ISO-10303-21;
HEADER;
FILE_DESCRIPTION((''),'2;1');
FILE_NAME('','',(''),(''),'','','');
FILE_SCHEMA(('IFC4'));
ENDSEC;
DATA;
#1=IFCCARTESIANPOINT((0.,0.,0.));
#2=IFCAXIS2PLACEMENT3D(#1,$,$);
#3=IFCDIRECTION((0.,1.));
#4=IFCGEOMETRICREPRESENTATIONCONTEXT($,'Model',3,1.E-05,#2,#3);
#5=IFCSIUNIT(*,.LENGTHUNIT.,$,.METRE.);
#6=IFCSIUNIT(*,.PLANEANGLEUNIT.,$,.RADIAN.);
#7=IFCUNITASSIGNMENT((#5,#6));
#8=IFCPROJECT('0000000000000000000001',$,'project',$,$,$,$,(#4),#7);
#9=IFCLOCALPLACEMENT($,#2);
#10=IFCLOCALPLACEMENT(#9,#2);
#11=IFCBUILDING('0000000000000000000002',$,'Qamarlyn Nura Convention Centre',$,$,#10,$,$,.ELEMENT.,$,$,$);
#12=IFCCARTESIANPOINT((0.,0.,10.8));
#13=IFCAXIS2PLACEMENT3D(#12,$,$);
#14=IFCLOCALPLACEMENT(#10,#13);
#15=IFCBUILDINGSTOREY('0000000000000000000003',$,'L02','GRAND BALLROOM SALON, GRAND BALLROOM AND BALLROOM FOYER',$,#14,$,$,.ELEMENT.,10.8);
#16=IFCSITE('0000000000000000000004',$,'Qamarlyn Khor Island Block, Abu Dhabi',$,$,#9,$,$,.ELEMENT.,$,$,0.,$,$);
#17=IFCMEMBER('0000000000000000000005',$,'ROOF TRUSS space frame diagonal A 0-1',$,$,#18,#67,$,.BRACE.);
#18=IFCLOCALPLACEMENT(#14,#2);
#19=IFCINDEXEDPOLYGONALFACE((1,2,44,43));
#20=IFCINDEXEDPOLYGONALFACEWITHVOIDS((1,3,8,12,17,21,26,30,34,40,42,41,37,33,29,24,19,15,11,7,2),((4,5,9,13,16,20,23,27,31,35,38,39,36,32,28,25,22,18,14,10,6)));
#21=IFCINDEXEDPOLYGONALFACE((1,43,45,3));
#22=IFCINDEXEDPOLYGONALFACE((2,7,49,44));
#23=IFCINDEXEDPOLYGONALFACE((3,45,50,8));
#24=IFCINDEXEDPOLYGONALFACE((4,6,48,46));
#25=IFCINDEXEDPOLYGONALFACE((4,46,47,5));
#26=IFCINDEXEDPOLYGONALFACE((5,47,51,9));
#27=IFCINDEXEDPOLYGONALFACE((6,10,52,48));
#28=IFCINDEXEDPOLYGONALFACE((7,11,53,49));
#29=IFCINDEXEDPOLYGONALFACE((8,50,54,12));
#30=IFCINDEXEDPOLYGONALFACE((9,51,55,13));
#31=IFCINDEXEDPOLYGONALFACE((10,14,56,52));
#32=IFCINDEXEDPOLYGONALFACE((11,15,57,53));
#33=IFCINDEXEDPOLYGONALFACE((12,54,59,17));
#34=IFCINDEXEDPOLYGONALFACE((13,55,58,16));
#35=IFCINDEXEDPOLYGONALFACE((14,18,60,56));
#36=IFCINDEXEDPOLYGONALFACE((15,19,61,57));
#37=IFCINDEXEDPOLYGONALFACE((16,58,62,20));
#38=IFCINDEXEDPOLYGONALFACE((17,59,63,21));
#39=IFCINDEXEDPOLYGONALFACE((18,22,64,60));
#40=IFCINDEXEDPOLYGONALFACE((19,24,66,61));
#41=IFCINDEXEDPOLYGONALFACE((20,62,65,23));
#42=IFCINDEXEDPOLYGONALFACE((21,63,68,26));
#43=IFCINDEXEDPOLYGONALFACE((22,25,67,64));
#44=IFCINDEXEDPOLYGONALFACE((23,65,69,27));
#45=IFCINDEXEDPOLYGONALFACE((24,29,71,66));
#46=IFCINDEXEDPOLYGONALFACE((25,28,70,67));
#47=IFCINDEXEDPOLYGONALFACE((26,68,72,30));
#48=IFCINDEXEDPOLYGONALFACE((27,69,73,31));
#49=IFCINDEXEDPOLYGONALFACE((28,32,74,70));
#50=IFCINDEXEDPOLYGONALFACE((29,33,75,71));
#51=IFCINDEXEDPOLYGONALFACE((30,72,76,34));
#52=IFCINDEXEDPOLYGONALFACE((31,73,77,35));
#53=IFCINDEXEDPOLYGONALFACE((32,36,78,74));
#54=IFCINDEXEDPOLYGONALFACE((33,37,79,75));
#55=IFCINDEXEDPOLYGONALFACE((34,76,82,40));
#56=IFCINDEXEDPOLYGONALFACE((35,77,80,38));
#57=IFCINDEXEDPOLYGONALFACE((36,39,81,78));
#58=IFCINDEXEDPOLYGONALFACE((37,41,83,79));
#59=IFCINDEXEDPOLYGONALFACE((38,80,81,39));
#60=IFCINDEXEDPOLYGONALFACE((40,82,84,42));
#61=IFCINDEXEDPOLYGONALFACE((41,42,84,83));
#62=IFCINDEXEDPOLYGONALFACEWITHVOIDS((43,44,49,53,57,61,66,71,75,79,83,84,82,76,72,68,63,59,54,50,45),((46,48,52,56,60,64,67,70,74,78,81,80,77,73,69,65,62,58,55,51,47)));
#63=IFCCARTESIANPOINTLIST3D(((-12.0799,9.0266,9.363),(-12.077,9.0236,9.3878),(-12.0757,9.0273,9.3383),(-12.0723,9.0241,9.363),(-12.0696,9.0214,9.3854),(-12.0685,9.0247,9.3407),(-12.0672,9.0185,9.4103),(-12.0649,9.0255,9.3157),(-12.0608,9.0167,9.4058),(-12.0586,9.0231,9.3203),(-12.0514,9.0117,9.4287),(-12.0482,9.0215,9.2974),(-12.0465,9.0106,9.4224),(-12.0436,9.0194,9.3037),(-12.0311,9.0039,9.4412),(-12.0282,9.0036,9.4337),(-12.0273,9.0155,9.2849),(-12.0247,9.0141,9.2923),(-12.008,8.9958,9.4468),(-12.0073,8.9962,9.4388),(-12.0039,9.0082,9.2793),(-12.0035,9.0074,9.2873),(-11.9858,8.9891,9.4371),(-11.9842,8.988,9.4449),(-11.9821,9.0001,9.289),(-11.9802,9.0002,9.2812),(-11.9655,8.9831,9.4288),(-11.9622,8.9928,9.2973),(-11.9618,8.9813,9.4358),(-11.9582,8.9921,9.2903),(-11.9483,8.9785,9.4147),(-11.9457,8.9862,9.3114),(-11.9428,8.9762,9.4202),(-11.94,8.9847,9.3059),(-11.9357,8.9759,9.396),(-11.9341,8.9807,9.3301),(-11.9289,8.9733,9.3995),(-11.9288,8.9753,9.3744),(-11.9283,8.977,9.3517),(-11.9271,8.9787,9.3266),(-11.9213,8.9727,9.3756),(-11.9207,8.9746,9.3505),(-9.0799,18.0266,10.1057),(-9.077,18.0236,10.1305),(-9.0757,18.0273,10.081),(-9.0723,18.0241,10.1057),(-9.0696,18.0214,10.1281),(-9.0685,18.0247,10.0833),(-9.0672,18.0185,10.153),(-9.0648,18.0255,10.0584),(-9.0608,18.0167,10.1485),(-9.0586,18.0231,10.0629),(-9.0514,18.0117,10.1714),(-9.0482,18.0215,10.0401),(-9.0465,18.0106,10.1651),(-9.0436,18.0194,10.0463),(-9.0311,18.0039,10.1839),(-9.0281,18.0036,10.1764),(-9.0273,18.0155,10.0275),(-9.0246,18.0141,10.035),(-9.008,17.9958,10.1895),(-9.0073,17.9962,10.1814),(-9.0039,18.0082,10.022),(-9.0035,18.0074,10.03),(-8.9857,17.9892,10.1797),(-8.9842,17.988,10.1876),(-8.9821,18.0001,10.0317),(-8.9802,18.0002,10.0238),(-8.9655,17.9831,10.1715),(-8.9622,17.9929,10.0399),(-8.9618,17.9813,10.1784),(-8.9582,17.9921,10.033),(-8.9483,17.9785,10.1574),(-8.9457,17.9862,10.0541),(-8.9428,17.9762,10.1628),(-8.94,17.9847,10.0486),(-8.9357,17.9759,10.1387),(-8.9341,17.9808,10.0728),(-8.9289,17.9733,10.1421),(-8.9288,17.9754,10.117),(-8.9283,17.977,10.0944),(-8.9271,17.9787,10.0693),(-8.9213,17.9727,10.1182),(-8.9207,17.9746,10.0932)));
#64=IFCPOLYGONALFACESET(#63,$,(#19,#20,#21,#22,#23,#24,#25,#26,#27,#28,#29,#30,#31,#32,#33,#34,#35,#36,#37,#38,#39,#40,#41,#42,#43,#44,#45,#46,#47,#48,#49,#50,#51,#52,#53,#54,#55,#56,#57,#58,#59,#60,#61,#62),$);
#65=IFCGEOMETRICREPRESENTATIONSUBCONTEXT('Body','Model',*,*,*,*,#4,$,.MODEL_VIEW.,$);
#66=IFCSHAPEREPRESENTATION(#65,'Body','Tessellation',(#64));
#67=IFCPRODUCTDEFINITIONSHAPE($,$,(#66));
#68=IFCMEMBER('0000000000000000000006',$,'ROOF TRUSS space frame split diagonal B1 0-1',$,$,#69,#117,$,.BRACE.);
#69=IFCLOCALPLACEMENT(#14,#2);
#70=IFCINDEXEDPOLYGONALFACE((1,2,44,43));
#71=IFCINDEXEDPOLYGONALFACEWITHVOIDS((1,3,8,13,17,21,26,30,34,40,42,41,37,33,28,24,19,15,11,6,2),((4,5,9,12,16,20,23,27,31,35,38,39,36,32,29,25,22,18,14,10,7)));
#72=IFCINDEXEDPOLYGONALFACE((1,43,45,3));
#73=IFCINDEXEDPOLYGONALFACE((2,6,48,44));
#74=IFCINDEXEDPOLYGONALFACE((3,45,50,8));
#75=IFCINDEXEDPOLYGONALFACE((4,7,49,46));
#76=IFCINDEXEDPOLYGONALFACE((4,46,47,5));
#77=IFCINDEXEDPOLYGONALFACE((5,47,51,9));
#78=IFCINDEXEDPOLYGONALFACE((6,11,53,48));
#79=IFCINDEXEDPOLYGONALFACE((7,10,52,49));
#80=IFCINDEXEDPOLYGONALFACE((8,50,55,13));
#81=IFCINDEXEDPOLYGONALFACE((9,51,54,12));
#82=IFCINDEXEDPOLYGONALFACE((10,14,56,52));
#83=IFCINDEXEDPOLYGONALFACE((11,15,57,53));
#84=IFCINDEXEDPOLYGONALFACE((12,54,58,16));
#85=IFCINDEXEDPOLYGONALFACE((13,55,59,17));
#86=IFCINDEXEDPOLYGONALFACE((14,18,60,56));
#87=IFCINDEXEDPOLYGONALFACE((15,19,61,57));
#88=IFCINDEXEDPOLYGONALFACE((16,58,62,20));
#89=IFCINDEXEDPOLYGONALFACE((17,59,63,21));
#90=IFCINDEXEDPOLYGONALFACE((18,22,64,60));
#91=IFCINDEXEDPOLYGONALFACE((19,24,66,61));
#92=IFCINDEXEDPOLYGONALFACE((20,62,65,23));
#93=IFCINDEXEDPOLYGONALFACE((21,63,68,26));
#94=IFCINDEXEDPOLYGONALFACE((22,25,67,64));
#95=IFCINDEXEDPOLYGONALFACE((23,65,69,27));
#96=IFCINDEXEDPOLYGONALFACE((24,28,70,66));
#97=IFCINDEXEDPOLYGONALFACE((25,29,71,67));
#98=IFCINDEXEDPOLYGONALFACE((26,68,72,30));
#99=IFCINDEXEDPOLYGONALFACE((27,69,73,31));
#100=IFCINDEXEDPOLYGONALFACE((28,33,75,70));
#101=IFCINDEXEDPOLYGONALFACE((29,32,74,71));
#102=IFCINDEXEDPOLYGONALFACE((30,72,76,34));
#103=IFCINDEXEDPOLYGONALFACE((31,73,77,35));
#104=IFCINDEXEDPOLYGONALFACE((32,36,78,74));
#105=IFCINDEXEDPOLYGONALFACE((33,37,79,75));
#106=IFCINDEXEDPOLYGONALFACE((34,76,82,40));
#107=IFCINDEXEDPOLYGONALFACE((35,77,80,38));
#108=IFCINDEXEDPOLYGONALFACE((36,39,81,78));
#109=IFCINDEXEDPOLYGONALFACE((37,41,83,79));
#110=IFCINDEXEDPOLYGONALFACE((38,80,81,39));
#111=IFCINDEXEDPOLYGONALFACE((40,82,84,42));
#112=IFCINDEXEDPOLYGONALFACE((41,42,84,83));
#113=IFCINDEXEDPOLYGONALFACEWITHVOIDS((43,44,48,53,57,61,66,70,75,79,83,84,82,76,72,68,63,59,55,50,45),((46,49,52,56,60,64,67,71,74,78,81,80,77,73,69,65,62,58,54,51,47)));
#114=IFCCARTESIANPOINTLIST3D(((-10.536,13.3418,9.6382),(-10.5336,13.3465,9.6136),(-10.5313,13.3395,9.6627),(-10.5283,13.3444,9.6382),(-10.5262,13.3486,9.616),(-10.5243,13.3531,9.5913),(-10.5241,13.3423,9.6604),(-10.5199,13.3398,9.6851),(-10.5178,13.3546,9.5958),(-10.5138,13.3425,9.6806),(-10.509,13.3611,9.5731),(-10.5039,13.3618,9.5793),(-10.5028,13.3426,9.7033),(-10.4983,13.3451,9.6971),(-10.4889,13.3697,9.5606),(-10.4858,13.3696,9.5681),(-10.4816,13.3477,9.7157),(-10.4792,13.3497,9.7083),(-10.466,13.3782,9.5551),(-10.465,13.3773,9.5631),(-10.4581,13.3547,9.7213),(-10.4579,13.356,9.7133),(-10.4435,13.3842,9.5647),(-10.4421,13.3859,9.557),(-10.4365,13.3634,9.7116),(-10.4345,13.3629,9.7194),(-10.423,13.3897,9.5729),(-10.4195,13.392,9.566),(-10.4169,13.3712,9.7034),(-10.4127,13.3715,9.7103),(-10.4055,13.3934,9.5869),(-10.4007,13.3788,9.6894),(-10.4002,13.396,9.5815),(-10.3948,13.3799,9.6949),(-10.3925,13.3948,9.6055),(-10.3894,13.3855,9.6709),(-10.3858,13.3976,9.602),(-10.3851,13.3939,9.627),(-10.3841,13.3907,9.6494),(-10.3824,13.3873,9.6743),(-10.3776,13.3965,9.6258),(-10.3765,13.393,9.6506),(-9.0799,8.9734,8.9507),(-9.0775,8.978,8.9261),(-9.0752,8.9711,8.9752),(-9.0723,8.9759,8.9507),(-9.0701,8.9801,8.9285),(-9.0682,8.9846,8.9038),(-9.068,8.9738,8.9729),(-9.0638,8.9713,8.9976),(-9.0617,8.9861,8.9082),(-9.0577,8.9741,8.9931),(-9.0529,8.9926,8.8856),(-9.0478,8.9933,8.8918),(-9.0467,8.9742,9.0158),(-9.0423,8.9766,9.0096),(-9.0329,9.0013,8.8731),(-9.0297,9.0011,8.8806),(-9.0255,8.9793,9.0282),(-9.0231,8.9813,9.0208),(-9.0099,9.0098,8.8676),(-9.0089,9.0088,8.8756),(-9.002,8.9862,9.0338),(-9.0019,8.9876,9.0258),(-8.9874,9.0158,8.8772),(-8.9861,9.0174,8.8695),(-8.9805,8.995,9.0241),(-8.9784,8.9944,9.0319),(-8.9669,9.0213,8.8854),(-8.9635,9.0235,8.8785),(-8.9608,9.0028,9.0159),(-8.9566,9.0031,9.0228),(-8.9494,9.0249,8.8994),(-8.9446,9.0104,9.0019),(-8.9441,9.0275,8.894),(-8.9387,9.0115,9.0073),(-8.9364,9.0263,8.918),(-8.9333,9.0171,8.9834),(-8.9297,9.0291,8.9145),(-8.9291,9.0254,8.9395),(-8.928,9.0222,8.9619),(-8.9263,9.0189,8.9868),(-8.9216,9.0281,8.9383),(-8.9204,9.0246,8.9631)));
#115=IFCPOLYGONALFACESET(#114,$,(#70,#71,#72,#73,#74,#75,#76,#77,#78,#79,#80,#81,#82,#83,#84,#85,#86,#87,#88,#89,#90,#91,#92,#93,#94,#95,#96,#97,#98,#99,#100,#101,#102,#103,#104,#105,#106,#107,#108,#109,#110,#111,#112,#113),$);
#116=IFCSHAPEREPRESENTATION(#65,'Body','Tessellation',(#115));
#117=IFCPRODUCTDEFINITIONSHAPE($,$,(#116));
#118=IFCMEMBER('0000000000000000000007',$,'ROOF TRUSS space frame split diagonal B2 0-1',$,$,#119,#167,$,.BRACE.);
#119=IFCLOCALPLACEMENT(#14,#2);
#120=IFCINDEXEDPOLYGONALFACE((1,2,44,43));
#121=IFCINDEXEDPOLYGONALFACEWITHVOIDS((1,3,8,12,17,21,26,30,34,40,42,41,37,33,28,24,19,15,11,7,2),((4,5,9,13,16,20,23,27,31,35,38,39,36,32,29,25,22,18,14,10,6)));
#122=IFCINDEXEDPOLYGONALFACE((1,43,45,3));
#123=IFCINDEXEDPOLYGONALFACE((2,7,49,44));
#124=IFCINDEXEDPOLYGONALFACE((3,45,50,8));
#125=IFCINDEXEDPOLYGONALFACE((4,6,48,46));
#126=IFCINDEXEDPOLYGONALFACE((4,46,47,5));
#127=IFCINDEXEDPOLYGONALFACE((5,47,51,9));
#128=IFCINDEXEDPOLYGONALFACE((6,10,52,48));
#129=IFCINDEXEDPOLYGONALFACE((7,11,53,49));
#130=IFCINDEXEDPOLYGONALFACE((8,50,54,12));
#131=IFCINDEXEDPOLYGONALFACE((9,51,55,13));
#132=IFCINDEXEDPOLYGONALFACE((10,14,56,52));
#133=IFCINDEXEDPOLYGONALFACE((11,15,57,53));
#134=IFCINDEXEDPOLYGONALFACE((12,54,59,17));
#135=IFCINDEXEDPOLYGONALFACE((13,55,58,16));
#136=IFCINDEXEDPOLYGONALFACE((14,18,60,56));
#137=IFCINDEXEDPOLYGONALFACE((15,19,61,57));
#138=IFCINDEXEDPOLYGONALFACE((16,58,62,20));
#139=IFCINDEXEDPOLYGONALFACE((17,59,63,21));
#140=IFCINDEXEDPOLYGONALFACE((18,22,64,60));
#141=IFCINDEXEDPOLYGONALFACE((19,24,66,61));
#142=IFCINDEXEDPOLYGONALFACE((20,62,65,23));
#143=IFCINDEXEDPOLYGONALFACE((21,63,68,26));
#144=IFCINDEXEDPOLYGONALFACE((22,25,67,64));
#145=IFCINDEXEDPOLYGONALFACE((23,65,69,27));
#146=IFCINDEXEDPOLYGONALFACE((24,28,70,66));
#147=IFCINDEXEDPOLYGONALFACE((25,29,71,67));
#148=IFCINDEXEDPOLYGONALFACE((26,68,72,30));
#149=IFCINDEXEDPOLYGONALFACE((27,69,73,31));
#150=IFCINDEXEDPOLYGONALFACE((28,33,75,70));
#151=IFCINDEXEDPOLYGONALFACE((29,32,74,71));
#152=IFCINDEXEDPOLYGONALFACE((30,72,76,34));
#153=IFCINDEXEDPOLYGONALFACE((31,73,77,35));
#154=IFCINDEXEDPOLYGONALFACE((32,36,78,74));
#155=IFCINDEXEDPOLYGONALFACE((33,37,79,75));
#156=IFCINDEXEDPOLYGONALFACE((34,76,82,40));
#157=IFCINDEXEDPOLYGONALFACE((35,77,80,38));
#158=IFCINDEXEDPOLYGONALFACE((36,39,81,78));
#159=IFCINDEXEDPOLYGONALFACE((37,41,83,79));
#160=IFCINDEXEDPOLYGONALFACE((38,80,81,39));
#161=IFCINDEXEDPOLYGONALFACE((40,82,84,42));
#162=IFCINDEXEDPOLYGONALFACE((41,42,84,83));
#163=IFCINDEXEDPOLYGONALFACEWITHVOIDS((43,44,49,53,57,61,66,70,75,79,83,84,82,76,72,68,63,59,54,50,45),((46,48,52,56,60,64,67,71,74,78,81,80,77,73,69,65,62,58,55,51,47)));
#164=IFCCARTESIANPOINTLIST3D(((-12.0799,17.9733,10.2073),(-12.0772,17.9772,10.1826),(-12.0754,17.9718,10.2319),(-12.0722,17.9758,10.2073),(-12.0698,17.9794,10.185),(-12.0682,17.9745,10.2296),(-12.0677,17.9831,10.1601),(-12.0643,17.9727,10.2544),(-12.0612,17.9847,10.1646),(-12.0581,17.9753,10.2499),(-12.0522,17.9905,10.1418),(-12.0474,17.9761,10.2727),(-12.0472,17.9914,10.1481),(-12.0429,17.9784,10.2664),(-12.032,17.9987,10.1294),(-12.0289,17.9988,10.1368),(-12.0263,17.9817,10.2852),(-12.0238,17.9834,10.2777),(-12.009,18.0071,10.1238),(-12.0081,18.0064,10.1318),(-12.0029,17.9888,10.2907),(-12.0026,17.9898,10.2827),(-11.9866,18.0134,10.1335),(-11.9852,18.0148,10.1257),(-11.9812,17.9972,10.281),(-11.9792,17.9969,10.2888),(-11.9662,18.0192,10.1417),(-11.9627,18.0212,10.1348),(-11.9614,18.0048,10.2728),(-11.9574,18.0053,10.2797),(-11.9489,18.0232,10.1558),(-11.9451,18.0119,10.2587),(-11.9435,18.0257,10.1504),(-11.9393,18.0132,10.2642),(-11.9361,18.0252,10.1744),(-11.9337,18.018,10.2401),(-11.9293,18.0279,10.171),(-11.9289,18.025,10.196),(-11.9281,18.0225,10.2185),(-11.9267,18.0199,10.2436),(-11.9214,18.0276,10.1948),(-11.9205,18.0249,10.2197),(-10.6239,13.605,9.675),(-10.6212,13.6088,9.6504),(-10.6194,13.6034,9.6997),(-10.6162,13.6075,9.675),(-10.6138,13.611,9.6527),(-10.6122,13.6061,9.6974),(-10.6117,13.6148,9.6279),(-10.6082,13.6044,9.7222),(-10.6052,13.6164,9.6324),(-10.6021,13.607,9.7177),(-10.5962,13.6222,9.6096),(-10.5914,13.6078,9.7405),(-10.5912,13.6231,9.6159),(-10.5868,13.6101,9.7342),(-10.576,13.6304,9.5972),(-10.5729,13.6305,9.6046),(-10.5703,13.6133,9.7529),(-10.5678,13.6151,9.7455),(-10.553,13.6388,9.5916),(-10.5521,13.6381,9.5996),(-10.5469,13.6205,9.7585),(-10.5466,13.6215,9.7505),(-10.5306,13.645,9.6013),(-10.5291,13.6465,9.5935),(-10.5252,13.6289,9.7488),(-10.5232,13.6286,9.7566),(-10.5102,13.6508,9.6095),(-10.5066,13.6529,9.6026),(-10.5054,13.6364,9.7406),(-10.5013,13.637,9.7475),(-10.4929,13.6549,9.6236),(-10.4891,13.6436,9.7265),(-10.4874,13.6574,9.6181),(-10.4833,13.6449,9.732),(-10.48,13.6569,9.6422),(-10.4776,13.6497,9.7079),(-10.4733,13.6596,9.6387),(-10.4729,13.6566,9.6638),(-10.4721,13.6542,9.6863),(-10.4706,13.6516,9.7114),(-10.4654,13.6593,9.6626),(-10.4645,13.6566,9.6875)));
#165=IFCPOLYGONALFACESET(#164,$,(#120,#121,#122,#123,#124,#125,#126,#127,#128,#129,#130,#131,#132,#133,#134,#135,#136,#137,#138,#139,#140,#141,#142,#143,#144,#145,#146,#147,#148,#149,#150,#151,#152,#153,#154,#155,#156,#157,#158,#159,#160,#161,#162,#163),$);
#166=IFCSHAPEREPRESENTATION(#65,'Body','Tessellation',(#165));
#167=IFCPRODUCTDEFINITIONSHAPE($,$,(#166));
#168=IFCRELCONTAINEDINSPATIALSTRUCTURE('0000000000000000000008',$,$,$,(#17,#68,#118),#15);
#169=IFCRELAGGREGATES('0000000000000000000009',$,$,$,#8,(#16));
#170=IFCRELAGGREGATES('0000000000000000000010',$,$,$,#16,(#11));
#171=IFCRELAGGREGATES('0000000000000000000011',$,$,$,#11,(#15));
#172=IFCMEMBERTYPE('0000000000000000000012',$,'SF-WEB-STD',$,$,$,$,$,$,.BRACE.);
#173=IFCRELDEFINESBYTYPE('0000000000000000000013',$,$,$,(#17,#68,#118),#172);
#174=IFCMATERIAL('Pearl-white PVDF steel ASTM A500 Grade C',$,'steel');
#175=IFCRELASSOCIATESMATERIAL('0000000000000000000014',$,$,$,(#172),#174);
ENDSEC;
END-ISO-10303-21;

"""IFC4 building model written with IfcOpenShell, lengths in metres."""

from ifc_helpers import new_model, si_unit, direction, frame, origin, origin_2d, place, context, subcontext, project, spatial, hollow_circle, extrude, material, material_profile, profile_set, type_object, element, save


model = new_model("IFC4")

# Units and contexts
model_context = context("Model", 3, precision=1e-05, world=origin(), true_north=direction((0.0, 1.0)))
body_context = subcontext(model_context, "Body", "Model", "MODEL_VIEW")
ifc_project = project(units=[si_unit("LENGTHUNIT", "METRE"), si_unit("PLANEANGLEUNIT", "RADIAN")], contexts=[model_context])

# Site, building, storey
site_placement = place(None, origin())
site = spatial("IfcSite", under=ifc_project, at=site_placement, Name="Qamarlyn Khor Island Block, Abu Dhabi", CompositionType="ELEMENT", RefElevation=0.0)
building_placement = place(site_placement, origin())
building = spatial("IfcBuilding", under=site, at=building_placement, Name="Qamarlyn Nura Convention Centre", CompositionType="ELEMENT")
storey_placement = place(building_placement, frame((0.0, 0.0, 10.8)))
storey = spatial("IfcBuildingStorey", under=building, at=storey_placement, Name="L02", Description="GRAND BALLROOM SALON, GRAND BALLROOM AND BALLROOM FOYER", CompositionType="ELEMENT", Elevation=10.8)

# Members
ifc_material_1 = material(Name="Pearl-white PVDF steel ASTM A500 Grade C", Category="steel")
ifc_material_profile_1 = material_profile(ifc_material_1, hollow_circle(Radius=0.0842, WallThickness=0.0081, at=origin_2d()), Name="CHS168.3X8")
ifc_profile_set_1 = profile_set([ifc_material_profile_1], Name="Pearl-white PVDF steel ASTM A500 Grade C")
member_type_1 = type_object("IfcMemberType", Name="SF-WEB-STD", PredefinedType="BRACE", material=ifc_profile_set_1)
member_1_placement = place(storey_placement, frame((-12.0, 9.0, 9.363), z_axis=(0.315263, 0.94579, 0.078046), x_axis=(-0.948683, 0.316228, 0.0)))
element("IfcMember", 1, at=member_1_placement, inside=storey, type_object=member_type_1, Name="ROOF TRUSS space frame diagonal A 0-1", PredefinedType="BRACE", context=body_context, shape_type="SweptSolid", body=[
    extrude(hollow_circle(Radius=0.0842, WallThickness=0.0081, at=origin_2d()), origin(), (0.0, 0.0, 1.0), 9.5159),
])
member_2_placement = place(storey_placement, frame((-9.0, 9.0, 8.9507), z_axis=(-0.312745, 0.938288, 0.147668), x_axis=(-0.948689, -0.316212, 0.0)))
element("IfcMember", 2, at=member_2_placement, inside=storey, type_object=member_type_1, Name="ROOF TRUSS space frame split diagonal B1 0-1", PredefinedType="BRACE", context=body_context, shape_type="SweptSolid", body=[
    extrude(hollow_circle(Radius=0.0842, WallThickness=0.0081, at=origin_2d()), origin(), (0.0, 0.0, 1.0), 4.6558),
])
member_3_placement = place(storey_placement, frame((-10.5439, 13.6316, 9.675), z_axis=(-0.314121, 0.942414, 0.114819), x_axis=(-0.948689, -0.316212, 0.0)))
element("IfcMember", 3, at=member_3_placement, inside=storey, type_object=member_type_1, Name="ROOF TRUSS space frame split diagonal B2 0-1", PredefinedType="BRACE", context=body_context, shape_type="SweptSolid", body=[
    extrude(hollow_circle(Radius=0.0842, WallThickness=0.0081, at=origin_2d()), origin(), (0.0, 0.0, 1.0), 4.6353),
])

save(model, "model.ifc")
